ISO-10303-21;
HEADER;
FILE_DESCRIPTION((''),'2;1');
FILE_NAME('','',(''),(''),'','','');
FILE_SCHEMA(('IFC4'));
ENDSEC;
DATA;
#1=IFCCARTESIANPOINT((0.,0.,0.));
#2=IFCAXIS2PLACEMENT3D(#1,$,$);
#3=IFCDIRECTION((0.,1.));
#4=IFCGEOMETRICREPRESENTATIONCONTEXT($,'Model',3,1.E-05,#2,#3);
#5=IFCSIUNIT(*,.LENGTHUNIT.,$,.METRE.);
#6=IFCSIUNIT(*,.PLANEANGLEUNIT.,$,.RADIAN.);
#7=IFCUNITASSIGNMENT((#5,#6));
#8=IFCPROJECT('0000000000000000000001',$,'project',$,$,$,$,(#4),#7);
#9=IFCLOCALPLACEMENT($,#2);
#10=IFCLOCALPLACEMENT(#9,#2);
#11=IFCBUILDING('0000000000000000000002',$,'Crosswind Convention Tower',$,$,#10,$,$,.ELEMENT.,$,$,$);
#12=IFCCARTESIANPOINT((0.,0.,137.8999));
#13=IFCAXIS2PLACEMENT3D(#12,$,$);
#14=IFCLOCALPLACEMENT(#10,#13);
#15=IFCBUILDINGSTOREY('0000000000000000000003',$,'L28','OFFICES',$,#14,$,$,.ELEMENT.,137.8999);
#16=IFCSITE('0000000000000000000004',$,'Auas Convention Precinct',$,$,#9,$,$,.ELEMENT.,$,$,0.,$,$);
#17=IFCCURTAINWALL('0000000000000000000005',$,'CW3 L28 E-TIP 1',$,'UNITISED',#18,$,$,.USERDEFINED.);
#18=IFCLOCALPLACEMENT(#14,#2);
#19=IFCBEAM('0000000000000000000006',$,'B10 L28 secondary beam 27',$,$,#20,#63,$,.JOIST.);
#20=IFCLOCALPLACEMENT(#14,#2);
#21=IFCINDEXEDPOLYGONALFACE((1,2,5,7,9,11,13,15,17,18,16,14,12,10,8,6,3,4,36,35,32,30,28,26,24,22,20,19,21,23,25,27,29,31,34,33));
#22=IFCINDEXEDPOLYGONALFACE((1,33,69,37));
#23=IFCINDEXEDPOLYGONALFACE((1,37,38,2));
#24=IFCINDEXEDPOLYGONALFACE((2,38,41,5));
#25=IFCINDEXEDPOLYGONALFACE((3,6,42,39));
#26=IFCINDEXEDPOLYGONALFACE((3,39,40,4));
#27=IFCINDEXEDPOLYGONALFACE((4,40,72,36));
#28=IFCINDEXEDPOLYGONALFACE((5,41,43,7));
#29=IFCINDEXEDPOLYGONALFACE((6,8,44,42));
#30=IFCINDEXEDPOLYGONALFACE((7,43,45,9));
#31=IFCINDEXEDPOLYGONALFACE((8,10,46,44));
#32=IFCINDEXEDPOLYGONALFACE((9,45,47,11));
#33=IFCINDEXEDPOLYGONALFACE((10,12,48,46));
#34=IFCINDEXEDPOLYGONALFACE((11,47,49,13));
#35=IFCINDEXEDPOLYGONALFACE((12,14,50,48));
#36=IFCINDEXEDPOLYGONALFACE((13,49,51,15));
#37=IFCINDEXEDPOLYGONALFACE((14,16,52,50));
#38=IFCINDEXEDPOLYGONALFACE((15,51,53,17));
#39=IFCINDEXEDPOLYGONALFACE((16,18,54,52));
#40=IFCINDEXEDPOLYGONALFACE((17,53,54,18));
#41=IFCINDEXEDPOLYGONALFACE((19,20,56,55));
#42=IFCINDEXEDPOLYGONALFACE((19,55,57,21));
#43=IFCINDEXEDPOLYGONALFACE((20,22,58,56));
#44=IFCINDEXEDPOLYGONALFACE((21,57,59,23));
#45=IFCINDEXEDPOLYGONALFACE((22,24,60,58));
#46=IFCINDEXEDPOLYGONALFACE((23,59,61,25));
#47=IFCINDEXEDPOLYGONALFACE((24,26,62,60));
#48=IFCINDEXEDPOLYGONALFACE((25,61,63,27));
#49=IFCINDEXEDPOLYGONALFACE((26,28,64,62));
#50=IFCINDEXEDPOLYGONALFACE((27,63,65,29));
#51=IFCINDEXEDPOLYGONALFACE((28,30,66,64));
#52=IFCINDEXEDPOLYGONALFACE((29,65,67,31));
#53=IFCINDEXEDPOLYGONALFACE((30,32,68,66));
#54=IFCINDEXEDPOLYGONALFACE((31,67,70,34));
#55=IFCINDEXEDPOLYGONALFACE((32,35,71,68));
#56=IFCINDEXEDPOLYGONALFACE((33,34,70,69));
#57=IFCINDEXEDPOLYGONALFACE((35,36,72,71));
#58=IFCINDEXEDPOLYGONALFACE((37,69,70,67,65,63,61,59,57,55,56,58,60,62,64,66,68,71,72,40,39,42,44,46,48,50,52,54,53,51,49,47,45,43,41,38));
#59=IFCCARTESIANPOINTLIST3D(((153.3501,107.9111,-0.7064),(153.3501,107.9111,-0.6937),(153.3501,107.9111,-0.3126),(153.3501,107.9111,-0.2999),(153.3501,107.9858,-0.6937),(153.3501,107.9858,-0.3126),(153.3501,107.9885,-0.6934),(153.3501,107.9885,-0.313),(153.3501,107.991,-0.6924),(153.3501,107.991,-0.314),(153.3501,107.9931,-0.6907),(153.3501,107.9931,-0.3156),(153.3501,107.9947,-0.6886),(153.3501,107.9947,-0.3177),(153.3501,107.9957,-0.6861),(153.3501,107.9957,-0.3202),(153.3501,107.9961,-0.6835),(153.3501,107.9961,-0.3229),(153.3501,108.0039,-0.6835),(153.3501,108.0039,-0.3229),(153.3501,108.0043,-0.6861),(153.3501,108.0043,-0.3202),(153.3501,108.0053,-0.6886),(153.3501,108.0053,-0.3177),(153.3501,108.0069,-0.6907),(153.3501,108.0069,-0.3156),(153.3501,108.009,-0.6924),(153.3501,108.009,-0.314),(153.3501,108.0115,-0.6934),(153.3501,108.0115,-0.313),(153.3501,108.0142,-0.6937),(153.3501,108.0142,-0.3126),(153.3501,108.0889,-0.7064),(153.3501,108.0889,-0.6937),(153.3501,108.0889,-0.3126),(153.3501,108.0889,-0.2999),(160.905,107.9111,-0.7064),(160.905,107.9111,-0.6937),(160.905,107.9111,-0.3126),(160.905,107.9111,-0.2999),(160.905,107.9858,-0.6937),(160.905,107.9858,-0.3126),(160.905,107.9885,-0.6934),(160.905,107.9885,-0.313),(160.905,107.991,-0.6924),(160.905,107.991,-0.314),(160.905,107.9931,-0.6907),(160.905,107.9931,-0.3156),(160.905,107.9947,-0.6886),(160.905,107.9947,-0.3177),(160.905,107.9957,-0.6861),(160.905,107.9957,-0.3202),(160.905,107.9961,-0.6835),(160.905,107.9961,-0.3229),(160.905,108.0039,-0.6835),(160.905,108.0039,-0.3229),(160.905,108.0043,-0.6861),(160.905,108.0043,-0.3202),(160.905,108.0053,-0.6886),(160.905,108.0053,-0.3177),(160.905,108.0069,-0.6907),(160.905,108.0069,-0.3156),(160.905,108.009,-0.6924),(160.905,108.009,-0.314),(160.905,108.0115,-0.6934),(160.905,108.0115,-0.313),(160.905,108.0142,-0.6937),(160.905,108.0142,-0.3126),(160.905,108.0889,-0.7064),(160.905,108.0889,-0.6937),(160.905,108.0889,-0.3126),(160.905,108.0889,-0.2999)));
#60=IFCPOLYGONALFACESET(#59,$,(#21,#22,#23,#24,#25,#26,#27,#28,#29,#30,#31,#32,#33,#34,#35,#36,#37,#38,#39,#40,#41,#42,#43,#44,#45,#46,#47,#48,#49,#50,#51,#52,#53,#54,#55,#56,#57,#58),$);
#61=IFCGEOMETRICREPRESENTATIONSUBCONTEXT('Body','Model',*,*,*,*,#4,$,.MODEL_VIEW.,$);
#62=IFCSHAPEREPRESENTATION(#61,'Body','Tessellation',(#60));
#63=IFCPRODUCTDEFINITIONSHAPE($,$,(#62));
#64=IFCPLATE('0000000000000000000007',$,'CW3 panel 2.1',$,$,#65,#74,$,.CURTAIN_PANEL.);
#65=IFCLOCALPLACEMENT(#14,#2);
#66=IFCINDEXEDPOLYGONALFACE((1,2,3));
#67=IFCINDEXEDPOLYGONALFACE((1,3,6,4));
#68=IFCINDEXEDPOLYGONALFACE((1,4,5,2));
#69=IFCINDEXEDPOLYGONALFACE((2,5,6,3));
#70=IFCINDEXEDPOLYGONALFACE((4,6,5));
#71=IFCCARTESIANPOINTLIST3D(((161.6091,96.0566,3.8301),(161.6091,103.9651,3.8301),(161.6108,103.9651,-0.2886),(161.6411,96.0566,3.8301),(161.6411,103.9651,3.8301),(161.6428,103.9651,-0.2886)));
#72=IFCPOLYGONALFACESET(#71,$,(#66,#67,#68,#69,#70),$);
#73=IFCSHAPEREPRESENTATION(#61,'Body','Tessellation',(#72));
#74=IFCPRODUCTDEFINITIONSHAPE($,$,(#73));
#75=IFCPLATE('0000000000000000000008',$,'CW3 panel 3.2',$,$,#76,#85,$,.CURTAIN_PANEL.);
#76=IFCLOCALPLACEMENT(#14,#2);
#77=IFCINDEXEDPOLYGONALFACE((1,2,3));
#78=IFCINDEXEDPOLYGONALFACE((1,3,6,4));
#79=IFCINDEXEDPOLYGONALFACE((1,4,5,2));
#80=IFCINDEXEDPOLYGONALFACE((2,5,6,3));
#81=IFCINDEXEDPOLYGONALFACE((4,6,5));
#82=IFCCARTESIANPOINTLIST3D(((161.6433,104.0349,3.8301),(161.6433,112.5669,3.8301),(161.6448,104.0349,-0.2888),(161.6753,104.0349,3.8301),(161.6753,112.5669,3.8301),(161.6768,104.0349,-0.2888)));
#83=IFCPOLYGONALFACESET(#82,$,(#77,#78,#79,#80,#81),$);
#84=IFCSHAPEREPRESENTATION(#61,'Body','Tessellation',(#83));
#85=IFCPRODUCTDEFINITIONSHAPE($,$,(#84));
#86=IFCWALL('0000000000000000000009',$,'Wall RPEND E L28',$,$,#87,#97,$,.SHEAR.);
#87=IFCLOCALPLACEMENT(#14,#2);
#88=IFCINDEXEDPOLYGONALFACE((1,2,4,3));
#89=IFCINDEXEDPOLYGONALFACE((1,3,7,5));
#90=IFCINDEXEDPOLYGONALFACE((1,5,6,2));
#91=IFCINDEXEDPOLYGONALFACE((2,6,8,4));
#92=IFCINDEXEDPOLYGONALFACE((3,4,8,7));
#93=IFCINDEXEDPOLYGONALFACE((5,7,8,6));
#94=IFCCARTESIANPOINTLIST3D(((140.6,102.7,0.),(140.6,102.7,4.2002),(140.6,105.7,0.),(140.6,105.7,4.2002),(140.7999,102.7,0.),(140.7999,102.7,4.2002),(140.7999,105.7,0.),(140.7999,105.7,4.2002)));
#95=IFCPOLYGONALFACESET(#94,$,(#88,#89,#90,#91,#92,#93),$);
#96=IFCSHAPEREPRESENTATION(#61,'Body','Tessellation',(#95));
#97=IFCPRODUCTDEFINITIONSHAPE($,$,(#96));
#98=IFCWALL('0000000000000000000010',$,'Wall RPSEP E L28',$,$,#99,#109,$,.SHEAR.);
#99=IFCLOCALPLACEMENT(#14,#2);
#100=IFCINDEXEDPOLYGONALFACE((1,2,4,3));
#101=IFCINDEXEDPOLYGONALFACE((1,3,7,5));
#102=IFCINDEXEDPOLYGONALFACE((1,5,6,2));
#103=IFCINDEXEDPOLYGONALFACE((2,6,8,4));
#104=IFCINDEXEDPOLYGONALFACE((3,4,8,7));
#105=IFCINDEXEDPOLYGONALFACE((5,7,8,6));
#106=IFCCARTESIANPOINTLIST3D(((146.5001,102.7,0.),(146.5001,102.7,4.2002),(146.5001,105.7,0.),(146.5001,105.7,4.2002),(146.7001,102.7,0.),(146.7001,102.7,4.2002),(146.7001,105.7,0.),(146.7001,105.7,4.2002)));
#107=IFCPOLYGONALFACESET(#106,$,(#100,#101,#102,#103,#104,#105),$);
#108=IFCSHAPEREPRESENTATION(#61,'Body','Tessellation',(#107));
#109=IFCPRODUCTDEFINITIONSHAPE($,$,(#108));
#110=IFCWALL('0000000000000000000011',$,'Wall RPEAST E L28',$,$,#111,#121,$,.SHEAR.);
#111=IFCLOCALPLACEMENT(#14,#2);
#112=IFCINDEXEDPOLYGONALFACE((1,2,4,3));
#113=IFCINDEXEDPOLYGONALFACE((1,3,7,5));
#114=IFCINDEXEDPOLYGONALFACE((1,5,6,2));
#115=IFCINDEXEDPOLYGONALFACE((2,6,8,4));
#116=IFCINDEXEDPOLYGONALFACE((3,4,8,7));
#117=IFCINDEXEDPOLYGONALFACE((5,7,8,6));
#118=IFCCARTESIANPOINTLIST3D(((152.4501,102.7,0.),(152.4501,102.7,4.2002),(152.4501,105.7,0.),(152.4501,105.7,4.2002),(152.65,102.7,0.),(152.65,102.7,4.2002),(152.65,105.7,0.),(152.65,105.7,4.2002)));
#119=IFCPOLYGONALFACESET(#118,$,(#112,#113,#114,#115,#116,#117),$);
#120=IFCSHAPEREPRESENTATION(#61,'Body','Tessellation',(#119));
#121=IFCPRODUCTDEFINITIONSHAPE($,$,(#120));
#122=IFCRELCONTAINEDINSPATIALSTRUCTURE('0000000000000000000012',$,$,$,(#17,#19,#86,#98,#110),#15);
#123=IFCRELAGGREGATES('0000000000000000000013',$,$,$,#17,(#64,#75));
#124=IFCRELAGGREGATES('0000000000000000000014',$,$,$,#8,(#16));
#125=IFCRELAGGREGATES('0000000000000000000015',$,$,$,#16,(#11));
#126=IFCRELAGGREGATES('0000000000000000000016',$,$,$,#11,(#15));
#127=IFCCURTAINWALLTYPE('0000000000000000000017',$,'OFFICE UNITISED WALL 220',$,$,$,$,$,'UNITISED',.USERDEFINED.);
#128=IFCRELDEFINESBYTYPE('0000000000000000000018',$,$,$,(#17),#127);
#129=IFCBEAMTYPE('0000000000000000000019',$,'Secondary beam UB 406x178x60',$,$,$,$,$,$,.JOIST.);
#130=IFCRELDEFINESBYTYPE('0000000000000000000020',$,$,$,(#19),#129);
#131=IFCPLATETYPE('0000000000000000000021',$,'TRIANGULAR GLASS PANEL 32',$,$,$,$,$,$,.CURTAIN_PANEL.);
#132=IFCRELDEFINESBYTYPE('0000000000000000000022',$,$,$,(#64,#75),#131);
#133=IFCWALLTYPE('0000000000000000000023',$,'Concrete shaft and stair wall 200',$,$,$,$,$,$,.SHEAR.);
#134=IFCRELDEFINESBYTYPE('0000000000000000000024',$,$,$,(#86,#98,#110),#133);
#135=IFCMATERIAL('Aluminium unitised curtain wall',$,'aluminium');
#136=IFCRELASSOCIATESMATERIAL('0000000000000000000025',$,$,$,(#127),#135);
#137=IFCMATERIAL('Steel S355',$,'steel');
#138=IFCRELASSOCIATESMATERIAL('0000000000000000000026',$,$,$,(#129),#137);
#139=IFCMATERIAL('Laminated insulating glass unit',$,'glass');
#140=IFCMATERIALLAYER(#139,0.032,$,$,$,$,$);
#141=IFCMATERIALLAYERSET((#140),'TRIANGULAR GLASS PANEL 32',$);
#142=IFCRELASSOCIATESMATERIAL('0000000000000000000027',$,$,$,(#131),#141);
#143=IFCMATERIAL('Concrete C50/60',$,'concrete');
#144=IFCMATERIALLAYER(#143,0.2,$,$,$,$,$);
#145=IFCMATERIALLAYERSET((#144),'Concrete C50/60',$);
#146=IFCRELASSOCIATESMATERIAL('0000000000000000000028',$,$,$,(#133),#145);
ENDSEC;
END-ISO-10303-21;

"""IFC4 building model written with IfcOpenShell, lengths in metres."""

from ifc_helpers import new_model, si_unit, direction, frame, frame_2d, origin, origin_2d, place, context, subcontext, project, spatial, polyline, rectangle, i_section, outline, extrude, material, layer, layer_set, material_profile, profile_set, type_object, element, aggregate, save


model = new_model("IFC4")

# Units and contexts
model_context = context("Model", 3, precision=1e-05, world=origin(), true_north=direction((0.0, 1.0)))
body_context = subcontext(model_context, "Body", "Model", "MODEL_VIEW")
ifc_project = project(units=[si_unit("LENGTHUNIT", "METRE"), si_unit("PLANEANGLEUNIT", "RADIAN")], contexts=[model_context])

# Site, building, storey
site_placement = place(None, origin())
site = spatial("IfcSite", under=ifc_project, at=site_placement, Name="Auas Convention Precinct", CompositionType="ELEMENT", RefElevation=0.0)
building_placement = place(site_placement, origin())
building = spatial("IfcBuilding", under=site, at=building_placement, Name="Crosswind Convention Tower", CompositionType="ELEMENT")
storey_placement = place(building_placement, frame((0.0, 0.0, 137.8999)))
storey = spatial("IfcBuildingStorey", under=building, at=storey_placement, Name="L28", Description="OFFICES", CompositionType="ELEMENT", Elevation=137.8999)

# Shared definitions
ifc_material_1 = material(Name="Steel S355", Category="steel")

# Curtain wall
ifc_material_2 = material(Name="Aluminium unitised curtain wall", Category="aluminium")
curtain_wall_type = type_object("IfcCurtainWallType", Name="OFFICE UNITISED WALL 220", ElementType="UNITISED", PredefinedType="USERDEFINED", material=ifc_material_2)
curtain_wall_placement = place(storey_placement, origin())
curtain_wall = element("IfcCurtainWall", 1, at=curtain_wall_placement, inside=storey, type_object=curtain_wall_type, Name="CW3 L28 E-TIP 1", ObjectType="UNITISED", PredefinedType="USERDEFINED")

# Beam
ifc_material_profile_1 = material_profile(ifc_material_1, i_section(OverallWidth=0.1777, OverallDepth=0.4065, WebThickness=0.0078, FlangeThickness=0.0127, FilletRadius=0.0103, at=origin_2d()), Name="UB 406x178x60")
ifc_profile_set_1 = profile_set([ifc_material_profile_1], Name="Steel S355")
beam_type_1 = type_object("IfcBeamType", Name="Secondary beam UB 406x178x60", PredefinedType="JOIST", material=ifc_profile_set_1)
for number, where, z_axis, x_axis, name in (
    (2, (153.3501, 108.0, -0.5032), (1.0, 0.0, 0.0), (0.0, 1.0, 0.0), "B10 L28 secondary beam 27"),
):
    element("IfcBeam", number, at=place(storey_placement, frame(where, z_axis=z_axis, x_axis=x_axis)), inside=storey, type_object=beam_type_1, Name=name, PredefinedType="JOIST", context=body_context, shape_type="SweptSolid", body=[
        extrude(i_section(OverallWidth=0.1777, OverallDepth=0.4065, WebThickness=0.0078, FlangeThickness=0.0127, FilletRadius=0.0103, at=origin_2d()), origin(), (0.0, 0.0, 1.0), 7.5549),
    ])

# Plates
ifc_material_3 = material(Name="Laminated insulating glass unit", Category="glass")
ifc_layer_1 = layer(ifc_material_3, 0.032)
ifc_layer_set_1 = layer_set([ifc_layer_1], Name="TRIANGULAR GLASS PANEL 32")
plate_type = type_object("IfcPlateType", Name="TRIANGULAR GLASS PANEL 32", PredefinedType="CURTAIN_PANEL", material=ifc_layer_set_1)
plate_1_placement = place(storey_placement, frame((161.6411, 103.9651, 3.8301), z_axis=(1.0, 0.0, 0.000415), x_axis=(0.0, -1.0, 0.0)))
plate_1 = element("IfcPlate", 3, at=plate_1_placement, type_object=plate_type, Name="CW3 panel 2.1", PredefinedType="CURTAIN_PANEL", context=body_context, shape_type="SweptSolid", body=[
    extrude(outline(polyline([(0.0, 0.0), (7.9084, 0.0), (0.0, 4.1187), (0.0, 0.0)])), origin(), (0.0, 0.0, -1.0), 0.032),
])
plate_2_placement = place(storey_placement, frame((161.6753, 104.0349, 3.8301), z_axis=(1.0, 0.0, 0.000356), x_axis=(0.000356, 0.0, -1.0)))
plate_2 = element("IfcPlate", 4, at=plate_2_placement, type_object=plate_type, Name="CW3 panel 3.2", PredefinedType="CURTAIN_PANEL", context=body_context, shape_type="SweptSolid", body=[
    extrude(outline(polyline([(0.0, 0.0), (4.1189, 0.0), (0.0, 8.532), (0.0, 0.0)])), origin(), (0.0, 0.0, -1.0), 0.032),
])
aggregate(curtain_wall, [plate_1, plate_2])

# Walls
ifc_material_4 = material(Name="Concrete C50/60", Category="concrete")
ifc_layer_2 = layer(ifc_material_4, 0.2)
ifc_layer_set_2 = layer_set([ifc_layer_2], Name="Concrete C50/60")
wall_type_1 = type_object("IfcWallType", Name="Concrete shaft and stair wall 200", PredefinedType="SHEAR", material=ifc_layer_set_2)
for number, where, z_axis, x_axis, name in (
    (5, (140.7, 102.7, 0.0), (0.0, 0.0, 1.0), (0.0, 1.0, 0.0), "Wall RPEND E L28"),
    (6, (146.6001, 102.7, 0.0), (0.0, 0.0, 1.0), (0.0, 1.0, 0.0), "Wall RPSEP E L28"),
    (7, (152.55, 102.7, 0.0), (0.0, 0.0, 1.0), (0.0, 1.0, 0.0), "Wall RPEAST E L28"),
):
    element("IfcWall", number, at=place(storey_placement, frame(where, z_axis=z_axis, x_axis=x_axis)), inside=storey, type_object=wall_type_1, Name=name, PredefinedType="SHEAR", context=body_context, shape_type="SweptSolid", body=[
        extrude(rectangle(XDim=3.0, YDim=0.2, at=frame_2d((1.5, 0.0))), origin(), (0.0, 0.0, 1.0), 4.2002),
    ])

save(model, "model.ifc")
